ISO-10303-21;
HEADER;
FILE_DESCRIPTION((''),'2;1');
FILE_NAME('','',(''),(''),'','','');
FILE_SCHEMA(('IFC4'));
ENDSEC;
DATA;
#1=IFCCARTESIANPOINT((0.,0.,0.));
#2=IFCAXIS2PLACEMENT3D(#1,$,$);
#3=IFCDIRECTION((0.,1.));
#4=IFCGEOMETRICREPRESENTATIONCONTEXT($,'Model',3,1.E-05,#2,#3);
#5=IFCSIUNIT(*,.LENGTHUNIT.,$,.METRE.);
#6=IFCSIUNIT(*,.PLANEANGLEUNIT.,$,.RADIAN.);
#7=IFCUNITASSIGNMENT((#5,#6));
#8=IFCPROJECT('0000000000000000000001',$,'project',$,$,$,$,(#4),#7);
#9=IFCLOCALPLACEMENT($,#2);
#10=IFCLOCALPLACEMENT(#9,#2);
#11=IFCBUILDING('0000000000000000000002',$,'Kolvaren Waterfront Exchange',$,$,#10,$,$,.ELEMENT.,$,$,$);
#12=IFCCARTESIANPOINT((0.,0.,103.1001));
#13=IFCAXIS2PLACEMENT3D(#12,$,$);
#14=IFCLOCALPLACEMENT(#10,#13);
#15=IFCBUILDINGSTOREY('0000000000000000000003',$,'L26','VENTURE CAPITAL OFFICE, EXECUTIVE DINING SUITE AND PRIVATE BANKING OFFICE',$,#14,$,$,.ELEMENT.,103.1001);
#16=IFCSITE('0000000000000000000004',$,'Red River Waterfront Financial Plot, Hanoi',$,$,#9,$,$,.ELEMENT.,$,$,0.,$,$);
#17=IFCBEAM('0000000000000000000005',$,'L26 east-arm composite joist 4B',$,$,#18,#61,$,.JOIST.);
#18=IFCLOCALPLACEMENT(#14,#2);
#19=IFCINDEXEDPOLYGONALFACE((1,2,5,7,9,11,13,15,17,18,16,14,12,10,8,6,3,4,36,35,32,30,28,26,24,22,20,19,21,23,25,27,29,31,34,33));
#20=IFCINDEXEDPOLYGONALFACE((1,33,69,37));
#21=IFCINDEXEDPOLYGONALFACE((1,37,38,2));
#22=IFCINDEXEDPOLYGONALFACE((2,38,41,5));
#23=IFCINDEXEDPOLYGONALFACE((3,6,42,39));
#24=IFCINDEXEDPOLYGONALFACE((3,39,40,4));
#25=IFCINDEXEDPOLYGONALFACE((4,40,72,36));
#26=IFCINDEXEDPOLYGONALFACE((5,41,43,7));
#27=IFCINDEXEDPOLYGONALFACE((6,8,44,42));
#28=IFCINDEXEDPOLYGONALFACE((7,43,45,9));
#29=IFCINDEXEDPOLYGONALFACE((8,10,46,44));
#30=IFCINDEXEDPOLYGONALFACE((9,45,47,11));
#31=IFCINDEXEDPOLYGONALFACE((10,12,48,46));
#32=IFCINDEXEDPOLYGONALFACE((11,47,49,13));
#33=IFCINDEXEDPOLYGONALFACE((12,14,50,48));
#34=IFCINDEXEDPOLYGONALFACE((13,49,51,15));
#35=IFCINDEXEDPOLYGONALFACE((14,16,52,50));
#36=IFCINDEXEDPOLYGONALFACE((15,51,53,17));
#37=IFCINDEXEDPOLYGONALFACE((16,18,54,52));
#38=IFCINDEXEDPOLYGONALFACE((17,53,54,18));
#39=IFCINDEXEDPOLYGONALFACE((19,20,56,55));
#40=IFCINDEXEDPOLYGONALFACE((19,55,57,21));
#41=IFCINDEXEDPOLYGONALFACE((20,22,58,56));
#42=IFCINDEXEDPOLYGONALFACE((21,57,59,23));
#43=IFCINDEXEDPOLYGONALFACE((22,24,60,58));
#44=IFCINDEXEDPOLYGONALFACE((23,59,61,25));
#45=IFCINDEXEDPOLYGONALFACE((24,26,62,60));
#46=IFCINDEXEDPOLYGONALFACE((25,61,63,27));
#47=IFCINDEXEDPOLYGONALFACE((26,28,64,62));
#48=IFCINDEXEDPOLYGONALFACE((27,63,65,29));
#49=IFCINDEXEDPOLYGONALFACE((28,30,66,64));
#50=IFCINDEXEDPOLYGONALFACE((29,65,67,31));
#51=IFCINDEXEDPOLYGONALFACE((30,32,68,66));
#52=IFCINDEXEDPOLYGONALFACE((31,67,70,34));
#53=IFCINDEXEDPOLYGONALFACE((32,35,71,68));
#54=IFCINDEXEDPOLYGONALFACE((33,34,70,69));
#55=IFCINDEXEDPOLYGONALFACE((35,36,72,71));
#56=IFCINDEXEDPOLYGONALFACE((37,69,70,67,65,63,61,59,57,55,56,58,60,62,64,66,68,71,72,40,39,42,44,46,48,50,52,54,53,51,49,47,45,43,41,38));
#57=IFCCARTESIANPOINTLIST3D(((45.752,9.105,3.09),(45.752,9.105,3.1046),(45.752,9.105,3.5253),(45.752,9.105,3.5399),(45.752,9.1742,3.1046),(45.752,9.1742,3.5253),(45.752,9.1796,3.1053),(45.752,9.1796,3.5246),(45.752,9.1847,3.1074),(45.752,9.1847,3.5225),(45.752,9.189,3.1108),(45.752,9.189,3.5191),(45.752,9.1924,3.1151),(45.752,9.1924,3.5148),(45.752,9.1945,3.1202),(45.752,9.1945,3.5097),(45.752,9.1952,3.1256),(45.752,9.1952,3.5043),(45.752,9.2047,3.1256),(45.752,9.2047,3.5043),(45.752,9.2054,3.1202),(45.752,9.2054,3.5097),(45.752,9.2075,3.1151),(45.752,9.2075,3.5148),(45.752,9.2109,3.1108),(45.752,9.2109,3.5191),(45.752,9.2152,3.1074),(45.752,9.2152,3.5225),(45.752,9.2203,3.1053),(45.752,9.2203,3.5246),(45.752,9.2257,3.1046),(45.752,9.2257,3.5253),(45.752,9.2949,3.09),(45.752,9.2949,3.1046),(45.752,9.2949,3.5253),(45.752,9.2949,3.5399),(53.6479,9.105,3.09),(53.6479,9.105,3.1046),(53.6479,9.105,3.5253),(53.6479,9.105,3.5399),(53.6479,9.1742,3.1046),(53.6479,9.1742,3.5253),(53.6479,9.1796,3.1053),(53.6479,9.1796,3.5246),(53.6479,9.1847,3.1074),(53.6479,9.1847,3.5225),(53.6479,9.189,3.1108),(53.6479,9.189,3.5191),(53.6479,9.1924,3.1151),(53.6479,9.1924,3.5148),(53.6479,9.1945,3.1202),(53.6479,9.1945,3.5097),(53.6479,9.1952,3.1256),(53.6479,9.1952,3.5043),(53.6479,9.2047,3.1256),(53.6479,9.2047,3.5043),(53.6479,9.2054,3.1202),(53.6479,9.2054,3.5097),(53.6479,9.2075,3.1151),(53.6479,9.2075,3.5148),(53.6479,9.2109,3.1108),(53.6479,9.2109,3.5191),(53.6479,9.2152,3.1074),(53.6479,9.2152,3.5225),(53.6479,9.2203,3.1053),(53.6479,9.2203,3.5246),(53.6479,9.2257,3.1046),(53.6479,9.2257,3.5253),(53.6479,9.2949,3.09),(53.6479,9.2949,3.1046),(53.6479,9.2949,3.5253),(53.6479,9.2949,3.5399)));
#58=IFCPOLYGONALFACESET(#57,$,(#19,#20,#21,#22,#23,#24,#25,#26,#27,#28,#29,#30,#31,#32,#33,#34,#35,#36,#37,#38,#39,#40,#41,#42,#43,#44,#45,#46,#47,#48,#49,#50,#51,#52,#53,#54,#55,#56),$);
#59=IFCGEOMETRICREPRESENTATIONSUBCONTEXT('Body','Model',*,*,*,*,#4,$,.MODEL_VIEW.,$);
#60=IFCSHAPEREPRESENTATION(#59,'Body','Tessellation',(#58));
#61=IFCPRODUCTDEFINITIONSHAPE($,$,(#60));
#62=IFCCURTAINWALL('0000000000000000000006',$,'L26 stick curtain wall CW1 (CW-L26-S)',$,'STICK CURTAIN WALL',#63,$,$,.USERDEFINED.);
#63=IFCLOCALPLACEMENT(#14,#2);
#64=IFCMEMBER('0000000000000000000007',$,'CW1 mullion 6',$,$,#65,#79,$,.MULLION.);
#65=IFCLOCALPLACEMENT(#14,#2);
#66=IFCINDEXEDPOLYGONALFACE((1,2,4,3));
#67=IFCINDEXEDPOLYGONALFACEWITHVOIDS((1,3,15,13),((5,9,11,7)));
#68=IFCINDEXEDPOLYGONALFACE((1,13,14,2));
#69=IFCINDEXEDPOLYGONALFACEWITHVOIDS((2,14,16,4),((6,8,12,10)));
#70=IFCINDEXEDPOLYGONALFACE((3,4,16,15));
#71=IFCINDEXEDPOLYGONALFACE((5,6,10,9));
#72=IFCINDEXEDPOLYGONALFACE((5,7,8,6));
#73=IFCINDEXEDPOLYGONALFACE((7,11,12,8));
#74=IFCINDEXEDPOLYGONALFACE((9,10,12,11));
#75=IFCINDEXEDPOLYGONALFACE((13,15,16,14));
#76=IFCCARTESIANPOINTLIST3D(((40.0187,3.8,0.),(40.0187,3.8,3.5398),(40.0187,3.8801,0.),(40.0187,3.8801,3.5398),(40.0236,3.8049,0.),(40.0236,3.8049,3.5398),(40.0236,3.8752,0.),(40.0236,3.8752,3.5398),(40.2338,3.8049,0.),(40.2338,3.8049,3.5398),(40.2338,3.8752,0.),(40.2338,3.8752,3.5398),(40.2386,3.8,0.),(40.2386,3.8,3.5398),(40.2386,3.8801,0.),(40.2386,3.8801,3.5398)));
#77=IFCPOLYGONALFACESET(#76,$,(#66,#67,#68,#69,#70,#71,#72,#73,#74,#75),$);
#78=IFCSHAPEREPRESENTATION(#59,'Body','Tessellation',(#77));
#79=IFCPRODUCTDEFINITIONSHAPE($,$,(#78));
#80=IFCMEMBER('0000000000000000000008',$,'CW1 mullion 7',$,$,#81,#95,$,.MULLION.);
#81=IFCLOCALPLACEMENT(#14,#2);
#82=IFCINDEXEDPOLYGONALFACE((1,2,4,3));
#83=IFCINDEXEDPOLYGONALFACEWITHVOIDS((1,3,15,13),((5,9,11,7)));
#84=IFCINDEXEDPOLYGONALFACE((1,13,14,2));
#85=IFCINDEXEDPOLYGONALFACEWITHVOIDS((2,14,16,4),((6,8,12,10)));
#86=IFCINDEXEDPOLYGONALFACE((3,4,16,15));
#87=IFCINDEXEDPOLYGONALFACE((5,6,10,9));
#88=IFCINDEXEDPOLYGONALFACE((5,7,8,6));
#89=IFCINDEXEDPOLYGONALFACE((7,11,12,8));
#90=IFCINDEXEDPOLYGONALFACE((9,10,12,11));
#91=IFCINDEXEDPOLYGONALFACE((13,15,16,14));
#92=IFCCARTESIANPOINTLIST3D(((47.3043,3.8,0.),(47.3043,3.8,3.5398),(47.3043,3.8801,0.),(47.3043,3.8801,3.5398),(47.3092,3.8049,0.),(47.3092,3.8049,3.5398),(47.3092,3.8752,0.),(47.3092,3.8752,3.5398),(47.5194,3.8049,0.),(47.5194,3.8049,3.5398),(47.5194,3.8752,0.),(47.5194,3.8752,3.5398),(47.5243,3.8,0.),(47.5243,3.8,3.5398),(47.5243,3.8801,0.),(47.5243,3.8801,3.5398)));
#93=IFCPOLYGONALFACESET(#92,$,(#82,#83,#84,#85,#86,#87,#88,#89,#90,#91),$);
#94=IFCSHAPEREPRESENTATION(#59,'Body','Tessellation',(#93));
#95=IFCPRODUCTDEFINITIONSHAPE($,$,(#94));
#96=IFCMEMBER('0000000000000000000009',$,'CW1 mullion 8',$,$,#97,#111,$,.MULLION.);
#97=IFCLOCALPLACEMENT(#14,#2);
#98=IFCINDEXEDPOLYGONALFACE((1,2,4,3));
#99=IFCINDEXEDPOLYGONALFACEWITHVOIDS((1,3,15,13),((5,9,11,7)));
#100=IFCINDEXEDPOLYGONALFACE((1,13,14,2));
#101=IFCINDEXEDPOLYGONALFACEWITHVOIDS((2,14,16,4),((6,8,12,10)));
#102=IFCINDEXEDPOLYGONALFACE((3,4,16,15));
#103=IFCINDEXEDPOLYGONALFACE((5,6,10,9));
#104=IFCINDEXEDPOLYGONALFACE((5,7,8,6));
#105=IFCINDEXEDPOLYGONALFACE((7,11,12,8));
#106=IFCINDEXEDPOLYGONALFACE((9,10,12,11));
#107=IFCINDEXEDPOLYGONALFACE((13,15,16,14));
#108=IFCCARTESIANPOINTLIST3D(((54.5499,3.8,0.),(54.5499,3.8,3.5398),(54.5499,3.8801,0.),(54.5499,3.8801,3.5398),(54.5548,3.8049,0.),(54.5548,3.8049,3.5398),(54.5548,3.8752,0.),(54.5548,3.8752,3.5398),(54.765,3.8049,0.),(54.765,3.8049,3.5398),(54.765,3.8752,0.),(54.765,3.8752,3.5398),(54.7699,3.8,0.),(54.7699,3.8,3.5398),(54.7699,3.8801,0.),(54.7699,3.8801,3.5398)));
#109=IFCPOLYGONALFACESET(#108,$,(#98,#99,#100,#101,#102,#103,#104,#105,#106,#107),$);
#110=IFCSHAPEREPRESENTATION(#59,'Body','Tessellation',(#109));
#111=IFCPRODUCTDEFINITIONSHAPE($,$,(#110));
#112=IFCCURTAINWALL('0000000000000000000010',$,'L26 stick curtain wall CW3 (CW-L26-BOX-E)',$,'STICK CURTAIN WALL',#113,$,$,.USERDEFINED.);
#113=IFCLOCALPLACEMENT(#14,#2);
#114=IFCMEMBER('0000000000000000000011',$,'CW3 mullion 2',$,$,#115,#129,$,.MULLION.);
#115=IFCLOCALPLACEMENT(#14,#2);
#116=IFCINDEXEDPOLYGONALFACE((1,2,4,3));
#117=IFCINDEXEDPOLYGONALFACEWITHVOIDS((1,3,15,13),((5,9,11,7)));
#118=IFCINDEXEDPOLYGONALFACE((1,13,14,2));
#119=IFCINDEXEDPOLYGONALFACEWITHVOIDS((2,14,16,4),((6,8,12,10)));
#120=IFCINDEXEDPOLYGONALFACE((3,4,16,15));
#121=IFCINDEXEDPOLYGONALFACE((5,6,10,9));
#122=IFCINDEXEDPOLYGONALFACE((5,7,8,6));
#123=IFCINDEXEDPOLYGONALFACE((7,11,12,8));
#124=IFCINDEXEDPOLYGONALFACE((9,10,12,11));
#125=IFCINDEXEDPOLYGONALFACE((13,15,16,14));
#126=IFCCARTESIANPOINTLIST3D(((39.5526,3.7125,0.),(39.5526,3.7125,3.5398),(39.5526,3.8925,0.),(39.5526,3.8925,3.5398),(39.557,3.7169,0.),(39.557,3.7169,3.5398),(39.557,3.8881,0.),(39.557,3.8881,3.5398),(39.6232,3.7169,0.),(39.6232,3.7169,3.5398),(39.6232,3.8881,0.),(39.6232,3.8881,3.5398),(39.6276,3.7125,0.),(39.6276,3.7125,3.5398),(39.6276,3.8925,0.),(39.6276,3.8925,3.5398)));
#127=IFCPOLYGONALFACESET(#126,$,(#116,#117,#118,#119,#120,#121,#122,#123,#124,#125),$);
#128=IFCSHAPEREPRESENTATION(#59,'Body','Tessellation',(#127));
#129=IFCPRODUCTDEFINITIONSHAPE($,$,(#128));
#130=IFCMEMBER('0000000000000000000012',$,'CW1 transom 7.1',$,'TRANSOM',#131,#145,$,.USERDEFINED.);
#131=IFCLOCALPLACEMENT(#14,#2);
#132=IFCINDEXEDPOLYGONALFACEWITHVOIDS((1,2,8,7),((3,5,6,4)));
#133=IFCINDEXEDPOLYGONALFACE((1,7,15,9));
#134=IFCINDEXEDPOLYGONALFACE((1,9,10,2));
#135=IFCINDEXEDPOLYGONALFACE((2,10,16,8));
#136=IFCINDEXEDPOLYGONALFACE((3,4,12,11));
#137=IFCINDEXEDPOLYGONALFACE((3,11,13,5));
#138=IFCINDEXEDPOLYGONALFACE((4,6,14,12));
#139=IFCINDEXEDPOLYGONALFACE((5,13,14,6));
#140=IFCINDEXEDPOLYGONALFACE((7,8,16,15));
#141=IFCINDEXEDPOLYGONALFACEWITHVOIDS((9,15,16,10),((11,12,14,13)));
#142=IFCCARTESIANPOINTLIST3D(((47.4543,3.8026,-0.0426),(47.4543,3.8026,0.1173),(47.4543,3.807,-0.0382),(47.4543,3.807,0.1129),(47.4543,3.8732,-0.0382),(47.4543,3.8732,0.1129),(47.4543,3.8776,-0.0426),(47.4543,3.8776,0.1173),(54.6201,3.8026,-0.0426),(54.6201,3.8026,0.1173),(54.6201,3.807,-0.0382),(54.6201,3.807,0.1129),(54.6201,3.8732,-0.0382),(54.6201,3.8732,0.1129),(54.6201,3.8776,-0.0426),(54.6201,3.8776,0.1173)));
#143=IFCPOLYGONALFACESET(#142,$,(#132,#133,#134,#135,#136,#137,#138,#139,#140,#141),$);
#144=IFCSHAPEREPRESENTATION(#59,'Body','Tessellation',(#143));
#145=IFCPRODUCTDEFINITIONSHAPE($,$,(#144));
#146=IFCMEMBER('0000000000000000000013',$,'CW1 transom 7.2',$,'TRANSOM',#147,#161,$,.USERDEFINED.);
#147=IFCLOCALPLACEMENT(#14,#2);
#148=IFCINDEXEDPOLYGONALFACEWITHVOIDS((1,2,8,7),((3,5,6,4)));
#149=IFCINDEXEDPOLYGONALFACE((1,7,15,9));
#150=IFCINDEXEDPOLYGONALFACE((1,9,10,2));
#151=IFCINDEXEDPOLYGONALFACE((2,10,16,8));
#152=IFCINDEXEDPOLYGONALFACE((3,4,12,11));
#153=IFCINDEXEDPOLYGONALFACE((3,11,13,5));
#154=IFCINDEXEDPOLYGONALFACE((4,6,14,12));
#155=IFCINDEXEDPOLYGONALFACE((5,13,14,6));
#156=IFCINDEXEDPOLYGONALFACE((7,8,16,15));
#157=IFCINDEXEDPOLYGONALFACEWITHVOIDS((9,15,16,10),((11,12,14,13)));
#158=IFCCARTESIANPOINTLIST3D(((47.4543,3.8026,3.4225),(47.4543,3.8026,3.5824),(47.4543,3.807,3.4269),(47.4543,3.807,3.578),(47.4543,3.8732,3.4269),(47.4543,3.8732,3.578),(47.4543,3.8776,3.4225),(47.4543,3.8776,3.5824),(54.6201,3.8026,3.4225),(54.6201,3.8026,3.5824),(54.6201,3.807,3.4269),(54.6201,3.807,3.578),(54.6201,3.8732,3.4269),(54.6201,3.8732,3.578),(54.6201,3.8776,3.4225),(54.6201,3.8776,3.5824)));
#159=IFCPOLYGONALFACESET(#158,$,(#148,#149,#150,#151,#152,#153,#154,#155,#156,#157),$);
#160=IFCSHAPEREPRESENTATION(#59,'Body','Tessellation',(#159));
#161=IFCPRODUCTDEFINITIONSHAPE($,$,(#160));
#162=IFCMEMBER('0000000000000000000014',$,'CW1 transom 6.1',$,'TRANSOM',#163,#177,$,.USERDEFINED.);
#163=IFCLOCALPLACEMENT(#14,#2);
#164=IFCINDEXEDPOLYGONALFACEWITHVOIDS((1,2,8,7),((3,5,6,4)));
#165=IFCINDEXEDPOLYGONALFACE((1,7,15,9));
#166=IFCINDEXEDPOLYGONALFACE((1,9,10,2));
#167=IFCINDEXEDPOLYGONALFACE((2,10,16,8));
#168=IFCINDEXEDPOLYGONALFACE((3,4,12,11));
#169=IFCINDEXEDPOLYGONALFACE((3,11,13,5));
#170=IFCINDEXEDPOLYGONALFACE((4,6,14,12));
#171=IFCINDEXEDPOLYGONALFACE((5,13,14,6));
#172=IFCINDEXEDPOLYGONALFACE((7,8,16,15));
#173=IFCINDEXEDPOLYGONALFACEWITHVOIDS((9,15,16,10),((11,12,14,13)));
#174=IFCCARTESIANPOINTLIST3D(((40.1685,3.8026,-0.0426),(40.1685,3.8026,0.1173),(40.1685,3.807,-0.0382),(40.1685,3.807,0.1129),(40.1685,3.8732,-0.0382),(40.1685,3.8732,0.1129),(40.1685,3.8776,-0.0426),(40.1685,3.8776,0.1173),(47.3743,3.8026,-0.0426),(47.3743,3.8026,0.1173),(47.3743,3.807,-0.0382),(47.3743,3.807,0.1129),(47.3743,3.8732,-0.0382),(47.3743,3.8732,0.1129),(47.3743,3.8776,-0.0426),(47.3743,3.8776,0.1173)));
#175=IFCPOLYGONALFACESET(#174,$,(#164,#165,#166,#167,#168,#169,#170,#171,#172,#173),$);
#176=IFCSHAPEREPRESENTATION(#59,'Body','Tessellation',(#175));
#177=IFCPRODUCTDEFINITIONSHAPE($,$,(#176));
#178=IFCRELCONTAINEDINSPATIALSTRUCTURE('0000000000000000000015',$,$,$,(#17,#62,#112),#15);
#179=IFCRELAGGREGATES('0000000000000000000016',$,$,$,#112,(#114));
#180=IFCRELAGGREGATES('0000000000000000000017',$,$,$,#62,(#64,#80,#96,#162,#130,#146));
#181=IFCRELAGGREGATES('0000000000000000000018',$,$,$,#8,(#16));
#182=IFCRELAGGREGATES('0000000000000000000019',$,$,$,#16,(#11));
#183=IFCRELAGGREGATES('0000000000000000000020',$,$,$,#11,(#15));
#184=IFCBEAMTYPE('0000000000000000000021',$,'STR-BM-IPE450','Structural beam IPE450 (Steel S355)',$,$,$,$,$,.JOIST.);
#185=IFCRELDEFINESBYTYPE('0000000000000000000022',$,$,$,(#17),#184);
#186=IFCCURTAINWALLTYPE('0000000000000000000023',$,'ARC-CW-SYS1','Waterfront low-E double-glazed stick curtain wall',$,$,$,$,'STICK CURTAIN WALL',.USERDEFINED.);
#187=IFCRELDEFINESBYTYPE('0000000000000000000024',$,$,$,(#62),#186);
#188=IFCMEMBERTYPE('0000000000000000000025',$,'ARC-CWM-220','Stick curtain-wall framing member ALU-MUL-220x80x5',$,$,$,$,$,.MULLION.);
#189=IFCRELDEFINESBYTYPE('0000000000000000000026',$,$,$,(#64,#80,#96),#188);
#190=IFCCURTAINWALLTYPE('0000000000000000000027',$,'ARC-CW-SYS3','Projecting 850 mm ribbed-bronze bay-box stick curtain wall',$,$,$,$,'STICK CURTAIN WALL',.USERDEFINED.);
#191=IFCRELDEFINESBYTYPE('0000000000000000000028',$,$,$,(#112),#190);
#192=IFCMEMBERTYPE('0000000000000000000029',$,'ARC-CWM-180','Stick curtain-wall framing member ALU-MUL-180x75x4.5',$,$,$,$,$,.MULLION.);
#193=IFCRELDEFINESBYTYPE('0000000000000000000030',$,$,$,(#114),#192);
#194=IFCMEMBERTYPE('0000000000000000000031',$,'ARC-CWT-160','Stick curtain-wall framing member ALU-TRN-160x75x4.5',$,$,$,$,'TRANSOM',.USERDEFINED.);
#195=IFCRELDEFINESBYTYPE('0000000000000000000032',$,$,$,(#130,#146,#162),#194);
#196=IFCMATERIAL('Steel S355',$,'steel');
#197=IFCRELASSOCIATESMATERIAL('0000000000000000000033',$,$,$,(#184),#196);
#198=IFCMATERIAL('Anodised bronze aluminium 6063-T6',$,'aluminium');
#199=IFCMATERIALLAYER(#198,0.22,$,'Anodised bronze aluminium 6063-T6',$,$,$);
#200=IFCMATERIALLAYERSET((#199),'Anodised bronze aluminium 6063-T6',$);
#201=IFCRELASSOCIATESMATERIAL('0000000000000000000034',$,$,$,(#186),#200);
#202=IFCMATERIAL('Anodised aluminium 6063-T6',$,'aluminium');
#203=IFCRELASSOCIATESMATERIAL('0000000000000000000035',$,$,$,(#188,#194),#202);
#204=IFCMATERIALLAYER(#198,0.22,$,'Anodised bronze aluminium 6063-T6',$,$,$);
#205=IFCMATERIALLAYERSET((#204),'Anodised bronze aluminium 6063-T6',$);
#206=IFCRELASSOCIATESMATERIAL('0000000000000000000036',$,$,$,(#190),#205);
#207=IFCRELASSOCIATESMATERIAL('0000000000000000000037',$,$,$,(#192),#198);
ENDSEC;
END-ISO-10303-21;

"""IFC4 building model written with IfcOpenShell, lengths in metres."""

from ifc_helpers import new_model, si_unit, direction, frame, origin, origin_with_axes, origin_2d, place, context, subcontext, project, spatial, hollow_rectangle, i_section, extrude, source, transform, mapped, material, layer, layer_set, material_profile, profile_set, type_object, element, aggregate, save


model = new_model("IFC4")

# Units and contexts
model_context = context("Model", 3, precision=1e-05, world=origin(), true_north=direction((0.0, 1.0)))
body_context = subcontext(model_context, "Body", "Model", "MODEL_VIEW")
ifc_project = project(units=[si_unit("LENGTHUNIT", "METRE"), si_unit("PLANEANGLEUNIT", "RADIAN")], contexts=[model_context])

# Site, building, storey
site_placement = place(None, origin())
site = spatial("IfcSite", under=ifc_project, at=site_placement, Name="Red River Waterfront Financial Plot, Hanoi", CompositionType="ELEMENT", RefElevation=0.0)
building_placement = place(site_placement, origin())
building = spatial("IfcBuilding", under=site, at=building_placement, Name="Kolvaren Waterfront Exchange", CompositionType="ELEMENT")
storey_placement = place(building_placement, frame((0.0, 0.0, 103.1001)))
storey = spatial("IfcBuildingStorey", under=building, at=storey_placement, Name="L26", Description="VENTURE CAPITAL OFFICE, EXECUTIVE DINING SUITE AND PRIVATE BANKING OFFICE", CompositionType="ELEMENT", Elevation=103.1001)

# Beam
ifc_material_1 = material(Name="Steel S355", Category="steel")
ifc_material_profile_1 = material_profile(ifc_material_1, i_section(OverallWidth=0.1899, OverallDepth=0.45, WebThickness=0.0095, FlangeThickness=0.0146, FilletRadius=0.021, at=origin_2d()), Name="IPE450")
ifc_profile_set_1 = profile_set([ifc_material_profile_1], Name="Steel S355")
beam_type_1 = type_object("IfcBeamType", Name="STR-BM-IPE450", Description="Structural beam IPE450 (Steel S355)", PredefinedType="JOIST", material=ifc_profile_set_1)
beam_1_placement = place(storey_placement, frame((45.752, 9.2, 3.3149), z_axis=(1.0, 0.0, 0.0), x_axis=(0.0, 1.0, 0.0)))
element("IfcBeam", 1, at=beam_1_placement, inside=storey, type_object=beam_type_1, Name="L26 east-arm composite joist 4B", PredefinedType="JOIST", context=body_context, shape_type="SweptSolid", body=[
    extrude(i_section(OverallWidth=0.1899, OverallDepth=0.45, WebThickness=0.0095, FlangeThickness=0.0146, FilletRadius=0.021, at=origin_2d()), origin(), (0.0, 0.0, 1.0), 7.896),
])

# Curtain wall, members
ifc_material_2 = material(Name="Anodised bronze aluminium 6063-T6", Category="aluminium")
ifc_layer_1 = layer(ifc_material_2, 0.22, Name="Anodised bronze aluminium 6063-T6")
ifc_layer_set_1 = layer_set([ifc_layer_1], Name="Anodised bronze aluminium 6063-T6")
curtain_wall_type_1 = type_object("IfcCurtainWallType", Name="ARC-CW-SYS1", Description="Waterfront low-E double-glazed stick curtain wall", ElementType="STICK CURTAIN WALL", PredefinedType="USERDEFINED", material=ifc_layer_set_1)
curtain_wall_1_placement = place(storey_placement, origin())
curtain_wall_1 = element("IfcCurtainWall", 2, at=curtain_wall_1_placement, inside=storey, type_object=curtain_wall_type_1, Name="L26 stick curtain wall CW1 (CW-L26-S)", ObjectType="STICK CURTAIN WALL", PredefinedType="USERDEFINED")
ifc_material_3 = material(Name="Anodised aluminium 6063-T6", Category="aluminium")
ifc_material_profile_2 = material_profile(ifc_material_3, hollow_rectangle(XDim=0.0801, YDim=0.22, WallThickness=0.0049, at=origin_2d()), Name="ALU-MUL-220x80x5")
ifc_profile_set_2 = profile_set([ifc_material_profile_2], Name="Anodised aluminium 6063-T6")
member_type_1 = type_object("IfcMemberType", Name="ARC-CWM-220", Description="Stick curtain-wall framing member ALU-MUL-220x80x5", PredefinedType="MULLION", material=ifc_profile_set_2)
shared_shape_1 = source(origin_with_axes(), body_context, "Body", "SweptSolid", [
    extrude(hollow_rectangle(XDim=0.0801, YDim=0.22, WallThickness=0.0049, at=origin_2d()), origin(), (0.0, 0.0, 1.0), 3.5398),
])
member_1_placement = place(storey_placement, frame((40.1287, 3.8401, 0.0), z_axis=(0.0, 0.0, 1.0), x_axis=(0.0, 1.0, 0.0)))
member_1 = element("IfcMember", 3, at=member_1_placement, type_object=member_type_1, Name="CW1 mullion 6", PredefinedType="MULLION", context=body_context, shape_type="MappedRepresentation", body=[
    mapped(shared_shape_1, transform((0.0, 0.0, 0.0), x_axis=(1.0, 0.0, 0.0), y_axis=(0.0, 1.0, 0.0), z_axis=(0.0, 0.0, 1.0), scale=1.0)),
])
member_2_placement = place(storey_placement, frame((47.4143, 3.8401, 0.0), z_axis=(0.0, 0.0, 1.0), x_axis=(0.0, 1.0, 0.0)))
member_2 = element("IfcMember", 4, at=member_2_placement, type_object=member_type_1, Name="CW1 mullion 7", PredefinedType="MULLION", context=body_context, shape_type="MappedRepresentation", body=[
    mapped(shared_shape_1, transform((0.0, 0.0, 0.0), x_axis=(1.0, 0.0, 0.0), y_axis=(0.0, 1.0, 0.0), z_axis=(0.0, 0.0, 1.0), scale=1.0)),
])
member_3_placement = place(storey_placement, frame((54.6599, 3.8401, 0.0), z_axis=(0.0, 0.0, 1.0), x_axis=(0.0, 1.0, 0.0)))
member_3 = element("IfcMember", 5, at=member_3_placement, type_object=member_type_1, Name="CW1 mullion 8", PredefinedType="MULLION", context=body_context, shape_type="MappedRepresentation", body=[
    mapped(shared_shape_1, transform((0.0, 0.0, 0.0), x_axis=(1.0, 0.0, 0.0), y_axis=(0.0, 1.0, 0.0), z_axis=(0.0, 0.0, 1.0), scale=1.0)),
])

# Curtain wall, member
ifc_layer_2 = layer(ifc_material_2, 0.22, Name="Anodised bronze aluminium 6063-T6")
ifc_layer_set_2 = layer_set([ifc_layer_2], Name="Anodised bronze aluminium 6063-T6")
curtain_wall_type_2 = type_object("IfcCurtainWallType", Name="ARC-CW-SYS3", Description="Projecting 850 mm ribbed-bronze bay-box stick curtain wall", ElementType="STICK CURTAIN WALL", PredefinedType="USERDEFINED", material=ifc_layer_set_2)
curtain_wall_2_placement = place(storey_placement, origin())
curtain_wall_2 = element("IfcCurtainWall", 6, at=curtain_wall_2_placement, inside=storey, type_object=curtain_wall_type_2, Name="L26 stick curtain wall CW3 (CW-L26-BOX-E)", ObjectType="STICK CURTAIN WALL", PredefinedType="USERDEFINED")
ifc_material_profile_3 = material_profile(ifc_material_2, hollow_rectangle(XDim=0.075, YDim=0.1799, WallThickness=0.0044, at=origin_2d()), Name="ALU-MUL-180x75x4.5")
ifc_profile_set_3 = profile_set([ifc_material_profile_3], Name="Anodised bronze aluminium 6063-T6")
member_type_2 = type_object("IfcMemberType", Name="ARC-CWM-180", Description="Stick curtain-wall framing member ALU-MUL-180x75x4.5", PredefinedType="MULLION", material=ifc_profile_set_3)
shared_shape_2 = source(origin_with_axes(), body_context, "Body", "SweptSolid", [
    extrude(hollow_rectangle(XDim=0.075, YDim=0.1799, WallThickness=0.0044, at=origin_2d()), origin(), (0.0, 0.0, 1.0), 3.5398),
])
member_4_placement = place(storey_placement, frame((39.5901, 3.8025, 0.0), z_axis=(0.0, 0.0, 1.0), x_axis=(-1.0, 0.0, 0.0)))
member_4 = element("IfcMember", 7, at=member_4_placement, type_object=member_type_2, Name="CW3 mullion 2", PredefinedType="MULLION", context=body_context, shape_type="MappedRepresentation", body=[
    mapped(shared_shape_2, transform((0.0, 0.0, 0.0), x_axis=(1.0, 0.0, 0.0), y_axis=(0.0, 1.0, 0.0), z_axis=(0.0, 0.0, 1.0), scale=1.0)),
])
aggregate(curtain_wall_2, [member_4])

# Members
ifc_material_profile_4 = material_profile(ifc_material_3, hollow_rectangle(XDim=0.075, YDim=0.1599, WallThickness=0.0044, at=origin_2d()), Name="ALU-TRN-160x75x4.5")
ifc_profile_set_4 = profile_set([ifc_material_profile_4], Name="Anodised aluminium 6063-T6")
member_type_3 = type_object("IfcMemberType", Name="ARC-CWT-160", Description="Stick curtain-wall framing member ALU-TRN-160x75x4.5", ElementType="TRANSOM", PredefinedType="USERDEFINED", material=ifc_profile_set_4)
shared_shape_3 = source(origin_with_axes(), body_context, "Body", "SweptSolid", [
    extrude(hollow_rectangle(XDim=0.075, YDim=0.1599, WallThickness=0.0044, at=origin_2d()), origin(), (0.0, 0.0, 1.0), 7.1658),
])
member_5_placement = place(storey_placement, frame((47.4543, 3.8401, 0.0374), z_axis=(1.0, 0.0, 0.0), x_axis=(0.0, 1.0, 0.0)))
member_5 = element("IfcMember", 8, at=member_5_placement, type_object=member_type_3, Name="CW1 transom 7.1", ObjectType="TRANSOM", PredefinedType="USERDEFINED", context=body_context, shape_type="MappedRepresentation", body=[
    mapped(shared_shape_3, transform((0.0, 0.0, 0.0), x_axis=(1.0, 0.0, 0.0), y_axis=(0.0, 1.0, 0.0), z_axis=(0.0, 0.0, 1.0), scale=1.0)),
])
member_6_placement = place(storey_placement, frame((47.4543, 3.8401, 3.5024), z_axis=(1.0, 0.0, 0.0), x_axis=(0.0, 1.0, 0.0)))
member_6 = element("IfcMember", 9, at=member_6_placement, type_object=member_type_3, Name="CW1 transom 7.2", ObjectType="TRANSOM", PredefinedType="USERDEFINED", context=body_context, shape_type="MappedRepresentation", body=[
    mapped(shared_shape_3, transform((0.0, 0.0, 0.0), x_axis=(1.0, 0.0, 0.0), y_axis=(0.0, 1.0, 0.0), z_axis=(0.0, 0.0, 1.0), scale=1.0)),
])
shared_shape_4 = source(origin_with_axes(), body_context, "Body", "SweptSolid", [
    extrude(hollow_rectangle(XDim=0.075, YDim=0.1599, WallThickness=0.0044, at=origin_2d()), origin(), (0.0, 0.0, 1.0), 7.2058),
])
member_7_placement = place(storey_placement, frame((40.1685, 3.8401, 0.0374), z_axis=(1.0, 0.0, 0.0), x_axis=(0.0, 1.0, 0.0)))
member_7 = element("IfcMember", 10, at=member_7_placement, type_object=member_type_3, Name="CW1 transom 6.1", ObjectType="TRANSOM", PredefinedType="USERDEFINED", context=body_context, shape_type="MappedRepresentation", body=[
    mapped(shared_shape_4, transform((0.0, 0.0, 0.0), x_axis=(1.0, 0.0, 0.0), y_axis=(0.0, 1.0, 0.0), z_axis=(0.0, 0.0, 1.0), scale=1.0)),
])

aggregate(curtain_wall_1, [member_1, member_2, member_3, member_7, member_5, member_6])

save(model, "model.ifc")
